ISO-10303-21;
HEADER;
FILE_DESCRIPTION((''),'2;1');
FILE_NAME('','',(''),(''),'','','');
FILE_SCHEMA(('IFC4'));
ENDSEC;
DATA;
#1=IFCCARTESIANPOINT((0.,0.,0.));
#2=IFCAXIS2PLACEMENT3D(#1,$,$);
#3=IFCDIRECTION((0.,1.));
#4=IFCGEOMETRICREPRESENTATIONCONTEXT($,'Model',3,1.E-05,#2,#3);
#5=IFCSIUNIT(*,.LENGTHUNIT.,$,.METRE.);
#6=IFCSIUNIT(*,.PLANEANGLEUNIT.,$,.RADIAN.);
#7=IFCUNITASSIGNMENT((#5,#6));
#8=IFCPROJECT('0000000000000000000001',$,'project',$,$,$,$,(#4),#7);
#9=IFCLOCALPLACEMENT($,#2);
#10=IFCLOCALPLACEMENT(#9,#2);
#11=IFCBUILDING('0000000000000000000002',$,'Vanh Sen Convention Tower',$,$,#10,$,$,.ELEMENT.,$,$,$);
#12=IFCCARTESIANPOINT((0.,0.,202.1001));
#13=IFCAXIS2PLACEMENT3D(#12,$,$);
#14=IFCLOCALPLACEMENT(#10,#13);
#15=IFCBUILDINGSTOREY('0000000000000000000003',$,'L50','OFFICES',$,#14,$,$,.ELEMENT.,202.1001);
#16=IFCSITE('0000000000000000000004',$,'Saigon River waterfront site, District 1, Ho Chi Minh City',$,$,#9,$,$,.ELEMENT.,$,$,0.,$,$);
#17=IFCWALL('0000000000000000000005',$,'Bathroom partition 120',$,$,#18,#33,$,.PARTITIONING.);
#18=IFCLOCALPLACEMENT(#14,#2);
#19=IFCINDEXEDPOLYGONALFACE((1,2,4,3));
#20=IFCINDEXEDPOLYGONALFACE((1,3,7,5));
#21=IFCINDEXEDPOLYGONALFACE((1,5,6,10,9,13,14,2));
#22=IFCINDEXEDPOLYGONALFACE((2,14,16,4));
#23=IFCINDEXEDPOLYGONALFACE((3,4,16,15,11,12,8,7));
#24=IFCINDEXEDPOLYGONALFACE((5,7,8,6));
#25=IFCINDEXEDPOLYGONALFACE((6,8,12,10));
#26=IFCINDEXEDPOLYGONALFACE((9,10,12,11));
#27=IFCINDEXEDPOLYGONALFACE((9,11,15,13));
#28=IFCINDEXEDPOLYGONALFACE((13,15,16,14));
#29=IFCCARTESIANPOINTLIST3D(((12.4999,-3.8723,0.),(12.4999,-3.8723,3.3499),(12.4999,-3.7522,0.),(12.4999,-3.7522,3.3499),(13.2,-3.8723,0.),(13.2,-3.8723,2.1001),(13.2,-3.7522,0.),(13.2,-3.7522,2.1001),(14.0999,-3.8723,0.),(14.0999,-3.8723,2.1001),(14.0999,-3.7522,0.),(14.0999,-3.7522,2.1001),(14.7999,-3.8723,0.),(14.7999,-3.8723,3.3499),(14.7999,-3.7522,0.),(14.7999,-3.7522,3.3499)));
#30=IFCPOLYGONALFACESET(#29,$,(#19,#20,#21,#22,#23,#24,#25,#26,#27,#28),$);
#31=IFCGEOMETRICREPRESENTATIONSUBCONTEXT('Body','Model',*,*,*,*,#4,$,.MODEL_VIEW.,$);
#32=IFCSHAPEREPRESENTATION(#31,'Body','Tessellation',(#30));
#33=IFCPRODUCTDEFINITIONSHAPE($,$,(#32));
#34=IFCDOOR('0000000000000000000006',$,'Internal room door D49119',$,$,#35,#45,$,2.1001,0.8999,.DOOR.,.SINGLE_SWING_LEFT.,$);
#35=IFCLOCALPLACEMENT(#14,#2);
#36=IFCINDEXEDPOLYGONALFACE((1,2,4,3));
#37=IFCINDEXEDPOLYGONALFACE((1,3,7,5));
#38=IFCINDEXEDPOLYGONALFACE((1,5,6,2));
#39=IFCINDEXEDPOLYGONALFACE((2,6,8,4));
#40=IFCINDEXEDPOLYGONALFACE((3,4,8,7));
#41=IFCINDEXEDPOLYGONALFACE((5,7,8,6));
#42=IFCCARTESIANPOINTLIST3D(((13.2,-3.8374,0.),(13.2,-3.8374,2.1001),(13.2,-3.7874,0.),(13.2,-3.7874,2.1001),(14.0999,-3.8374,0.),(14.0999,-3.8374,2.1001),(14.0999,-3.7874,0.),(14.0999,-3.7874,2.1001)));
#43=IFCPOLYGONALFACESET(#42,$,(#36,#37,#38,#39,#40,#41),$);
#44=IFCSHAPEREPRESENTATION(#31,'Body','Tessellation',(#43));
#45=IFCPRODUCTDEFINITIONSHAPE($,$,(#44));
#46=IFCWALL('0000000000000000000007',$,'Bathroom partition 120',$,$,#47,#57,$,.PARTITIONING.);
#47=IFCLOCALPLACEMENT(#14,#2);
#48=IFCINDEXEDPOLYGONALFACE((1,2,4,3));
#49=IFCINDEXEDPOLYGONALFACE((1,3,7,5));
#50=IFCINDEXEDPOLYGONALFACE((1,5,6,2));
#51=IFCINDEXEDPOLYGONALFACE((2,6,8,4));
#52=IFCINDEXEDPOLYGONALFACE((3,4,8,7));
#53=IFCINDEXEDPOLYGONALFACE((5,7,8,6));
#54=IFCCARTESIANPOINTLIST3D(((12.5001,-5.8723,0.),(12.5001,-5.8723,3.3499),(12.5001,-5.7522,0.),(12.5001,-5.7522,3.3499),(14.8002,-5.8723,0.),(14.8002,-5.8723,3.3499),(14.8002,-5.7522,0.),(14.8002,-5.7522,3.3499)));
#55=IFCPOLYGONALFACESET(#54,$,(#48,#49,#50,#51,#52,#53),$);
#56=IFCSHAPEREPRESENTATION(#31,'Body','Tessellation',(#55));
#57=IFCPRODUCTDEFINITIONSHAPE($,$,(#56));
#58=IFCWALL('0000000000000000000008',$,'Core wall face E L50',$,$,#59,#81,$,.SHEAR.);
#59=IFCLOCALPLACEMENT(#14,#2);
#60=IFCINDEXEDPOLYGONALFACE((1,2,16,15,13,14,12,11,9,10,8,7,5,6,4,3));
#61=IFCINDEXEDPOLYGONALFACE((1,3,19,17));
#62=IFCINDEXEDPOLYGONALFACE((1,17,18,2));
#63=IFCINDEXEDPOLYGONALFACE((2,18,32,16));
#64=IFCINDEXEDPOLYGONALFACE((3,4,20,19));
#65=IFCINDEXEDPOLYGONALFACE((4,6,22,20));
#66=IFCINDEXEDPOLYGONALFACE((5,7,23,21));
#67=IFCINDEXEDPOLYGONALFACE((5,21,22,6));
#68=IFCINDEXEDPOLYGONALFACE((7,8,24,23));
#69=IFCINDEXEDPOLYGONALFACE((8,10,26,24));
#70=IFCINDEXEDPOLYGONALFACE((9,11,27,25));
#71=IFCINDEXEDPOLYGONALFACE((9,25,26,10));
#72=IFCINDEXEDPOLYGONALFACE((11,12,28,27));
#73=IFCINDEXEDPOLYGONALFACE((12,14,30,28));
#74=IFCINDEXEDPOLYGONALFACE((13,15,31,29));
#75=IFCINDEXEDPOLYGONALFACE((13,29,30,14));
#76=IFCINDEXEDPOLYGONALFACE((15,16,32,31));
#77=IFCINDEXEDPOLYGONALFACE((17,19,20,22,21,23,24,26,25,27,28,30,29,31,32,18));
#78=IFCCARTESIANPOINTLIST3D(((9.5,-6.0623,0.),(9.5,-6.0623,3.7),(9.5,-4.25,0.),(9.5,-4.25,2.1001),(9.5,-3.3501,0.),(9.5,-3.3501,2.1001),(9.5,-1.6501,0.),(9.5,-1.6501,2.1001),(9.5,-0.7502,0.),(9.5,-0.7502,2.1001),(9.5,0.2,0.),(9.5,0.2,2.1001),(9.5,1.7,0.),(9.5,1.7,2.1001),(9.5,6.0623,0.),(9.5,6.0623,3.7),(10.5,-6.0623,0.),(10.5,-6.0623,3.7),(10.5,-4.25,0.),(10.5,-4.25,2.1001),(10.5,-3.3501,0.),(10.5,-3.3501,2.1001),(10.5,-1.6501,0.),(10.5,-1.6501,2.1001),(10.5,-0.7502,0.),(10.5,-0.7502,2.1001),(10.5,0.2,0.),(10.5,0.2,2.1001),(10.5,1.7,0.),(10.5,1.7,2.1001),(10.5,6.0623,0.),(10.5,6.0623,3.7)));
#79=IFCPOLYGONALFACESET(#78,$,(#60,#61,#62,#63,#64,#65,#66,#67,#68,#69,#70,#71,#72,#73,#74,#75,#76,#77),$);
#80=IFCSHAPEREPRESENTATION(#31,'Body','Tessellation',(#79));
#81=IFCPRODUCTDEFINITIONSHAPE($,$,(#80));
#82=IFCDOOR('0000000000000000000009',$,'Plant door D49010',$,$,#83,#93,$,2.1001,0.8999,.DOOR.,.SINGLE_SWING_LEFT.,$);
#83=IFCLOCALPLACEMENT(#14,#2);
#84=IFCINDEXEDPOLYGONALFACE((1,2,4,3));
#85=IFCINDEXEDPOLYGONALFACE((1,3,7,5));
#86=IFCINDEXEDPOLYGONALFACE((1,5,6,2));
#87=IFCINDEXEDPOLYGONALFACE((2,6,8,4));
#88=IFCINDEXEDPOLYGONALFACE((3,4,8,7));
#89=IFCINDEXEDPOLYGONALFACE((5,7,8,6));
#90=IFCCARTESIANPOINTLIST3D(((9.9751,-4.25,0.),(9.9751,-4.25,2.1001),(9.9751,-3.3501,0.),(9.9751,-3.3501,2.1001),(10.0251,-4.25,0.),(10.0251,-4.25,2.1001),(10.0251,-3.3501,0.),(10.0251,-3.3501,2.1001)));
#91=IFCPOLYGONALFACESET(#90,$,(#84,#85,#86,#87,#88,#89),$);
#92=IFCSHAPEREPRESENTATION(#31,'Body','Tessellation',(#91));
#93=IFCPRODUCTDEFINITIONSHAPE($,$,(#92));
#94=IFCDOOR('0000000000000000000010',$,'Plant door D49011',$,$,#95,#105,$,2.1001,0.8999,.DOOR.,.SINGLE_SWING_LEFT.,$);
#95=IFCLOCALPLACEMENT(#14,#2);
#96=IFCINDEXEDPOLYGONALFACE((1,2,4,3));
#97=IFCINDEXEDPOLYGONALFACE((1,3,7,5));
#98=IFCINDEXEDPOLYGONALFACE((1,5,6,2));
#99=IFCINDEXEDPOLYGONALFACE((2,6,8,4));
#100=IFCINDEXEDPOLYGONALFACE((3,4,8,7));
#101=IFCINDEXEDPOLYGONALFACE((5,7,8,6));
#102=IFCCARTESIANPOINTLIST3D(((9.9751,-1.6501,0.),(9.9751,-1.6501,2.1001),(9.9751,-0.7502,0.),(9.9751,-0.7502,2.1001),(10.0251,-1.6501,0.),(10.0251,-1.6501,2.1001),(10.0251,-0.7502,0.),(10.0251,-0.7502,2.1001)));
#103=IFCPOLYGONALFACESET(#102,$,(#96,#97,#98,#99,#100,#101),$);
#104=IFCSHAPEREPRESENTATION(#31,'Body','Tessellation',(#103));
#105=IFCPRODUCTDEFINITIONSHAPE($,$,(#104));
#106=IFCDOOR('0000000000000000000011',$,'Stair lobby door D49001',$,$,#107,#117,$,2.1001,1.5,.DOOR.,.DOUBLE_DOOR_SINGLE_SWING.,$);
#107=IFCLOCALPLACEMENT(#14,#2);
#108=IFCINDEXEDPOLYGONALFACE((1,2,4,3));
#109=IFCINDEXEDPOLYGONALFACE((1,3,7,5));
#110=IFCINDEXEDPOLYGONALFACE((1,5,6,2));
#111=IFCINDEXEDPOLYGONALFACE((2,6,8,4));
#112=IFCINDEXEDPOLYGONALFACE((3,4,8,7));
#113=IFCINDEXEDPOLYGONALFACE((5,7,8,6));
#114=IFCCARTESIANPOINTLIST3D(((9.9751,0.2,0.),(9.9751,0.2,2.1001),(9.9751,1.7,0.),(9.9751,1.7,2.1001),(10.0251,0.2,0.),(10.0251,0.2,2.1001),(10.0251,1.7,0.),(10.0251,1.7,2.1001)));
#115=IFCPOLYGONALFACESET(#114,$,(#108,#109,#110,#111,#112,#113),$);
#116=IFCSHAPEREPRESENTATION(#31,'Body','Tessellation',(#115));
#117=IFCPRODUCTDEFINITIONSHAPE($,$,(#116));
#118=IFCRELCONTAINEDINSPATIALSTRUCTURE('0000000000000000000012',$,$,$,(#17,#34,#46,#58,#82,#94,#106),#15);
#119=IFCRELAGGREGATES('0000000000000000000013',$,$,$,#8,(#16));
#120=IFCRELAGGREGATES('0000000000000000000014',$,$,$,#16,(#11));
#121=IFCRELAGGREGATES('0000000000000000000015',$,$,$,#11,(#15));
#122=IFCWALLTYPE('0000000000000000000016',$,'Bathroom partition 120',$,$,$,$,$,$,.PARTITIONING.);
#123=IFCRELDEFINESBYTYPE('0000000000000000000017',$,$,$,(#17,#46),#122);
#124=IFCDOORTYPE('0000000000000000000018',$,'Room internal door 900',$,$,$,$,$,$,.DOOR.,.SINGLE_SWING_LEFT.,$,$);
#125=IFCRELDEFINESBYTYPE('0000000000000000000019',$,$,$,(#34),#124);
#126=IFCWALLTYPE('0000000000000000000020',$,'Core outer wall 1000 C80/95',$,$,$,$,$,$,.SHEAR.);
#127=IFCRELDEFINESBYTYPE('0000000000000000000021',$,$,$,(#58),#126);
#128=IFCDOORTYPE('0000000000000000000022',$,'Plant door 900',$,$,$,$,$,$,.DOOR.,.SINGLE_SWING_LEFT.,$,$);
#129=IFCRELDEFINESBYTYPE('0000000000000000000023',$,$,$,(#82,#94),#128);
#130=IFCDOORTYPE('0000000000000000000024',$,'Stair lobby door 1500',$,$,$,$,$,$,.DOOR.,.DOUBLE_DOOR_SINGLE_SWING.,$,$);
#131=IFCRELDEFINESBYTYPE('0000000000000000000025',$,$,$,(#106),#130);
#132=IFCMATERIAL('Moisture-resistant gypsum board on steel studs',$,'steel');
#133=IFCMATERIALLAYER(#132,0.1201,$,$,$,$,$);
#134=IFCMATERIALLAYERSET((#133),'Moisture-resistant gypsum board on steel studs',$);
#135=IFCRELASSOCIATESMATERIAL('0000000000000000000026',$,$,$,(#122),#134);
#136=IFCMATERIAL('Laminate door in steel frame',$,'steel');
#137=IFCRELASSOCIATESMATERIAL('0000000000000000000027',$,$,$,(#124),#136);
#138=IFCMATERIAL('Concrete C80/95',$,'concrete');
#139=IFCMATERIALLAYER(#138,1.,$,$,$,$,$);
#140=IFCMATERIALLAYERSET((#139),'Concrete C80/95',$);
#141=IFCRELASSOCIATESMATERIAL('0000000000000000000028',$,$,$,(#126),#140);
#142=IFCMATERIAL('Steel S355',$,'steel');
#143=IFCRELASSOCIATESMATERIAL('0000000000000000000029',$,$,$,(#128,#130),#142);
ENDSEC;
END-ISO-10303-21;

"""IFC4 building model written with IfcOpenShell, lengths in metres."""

from ifc_helpers import new_model, si_unit, direction, frame, frame_2d, origin, place, context, subcontext, project, spatial, rectangle, extrude, material, layer, layer_set, type_object, element, fill, save


model = new_model("IFC4")

# Units and contexts
model_context = context("Model", 3, precision=1e-05, world=origin(), true_north=direction((0.0, 1.0)))
body_context = subcontext(model_context, "Body", "Model", "MODEL_VIEW")
ifc_project = project(units=[si_unit("LENGTHUNIT", "METRE"), si_unit("PLANEANGLEUNIT", "RADIAN")], contexts=[model_context])

# Site, building, storey
site_placement = place(None, origin())
site = spatial("IfcSite", under=ifc_project, at=site_placement, Name="Saigon River waterfront site, District 1, Ho Chi Minh City", CompositionType="ELEMENT", RefElevation=0.0)
building_placement = place(site_placement, origin())
building = spatial("IfcBuilding", under=site, at=building_placement, Name="Vanh Sen Convention Tower", CompositionType="ELEMENT")
storey_placement = place(building_placement, frame((0.0, 0.0, 202.1001)))
storey = spatial("IfcBuildingStorey", under=building, at=storey_placement, Name="L50", Description="OFFICES", CompositionType="ELEMENT", Elevation=202.1001)

# Wall, opening, door
ifc_material_1 = material(Name="Moisture-resistant gypsum board on steel studs", Category="steel")
ifc_layer_1 = layer(ifc_material_1, 0.1201)
ifc_layer_set_1 = layer_set([ifc_layer_1], Name="Moisture-resistant gypsum board on steel studs")
wall_type_1 = type_object("IfcWallType", Name="Bathroom partition 120", PredefinedType="PARTITIONING", material=ifc_layer_set_1)
wall_1_placement = place(storey_placement, frame((12.5, -3.8123, 0.0), z_axis=(0.0, 0.0, 1.0), x_axis=(1.0, 0.0, 0.0)))
wall_1 = element("IfcWall", 1, at=wall_1_placement, inside=storey, type_object=wall_type_1, Name="Bathroom partition 120", PredefinedType="PARTITIONING", context=body_context, shape_type="SweptSolid", body=[
    extrude(rectangle(XDim=2.3, YDim=0.1201, at=frame_2d((1.1499, 0.0))), origin(), (0.0, 0.0, 1.0), 3.3499),
])
opening_1_placement = place(wall_1_placement, frame((0.7, 0.0, 0.0)))
opening_1 = element("IfcOpeningElement", 2, at=opening_1_placement, cuts=wall_1, PredefinedType="OPENING", context=body_context, shape_type="SweptSolid", body=[
    extrude(rectangle(XDim=0.8999, YDim=2.1001, at=frame_2d((0.45, 1.05))), frame((0.0, 0.0701, 0.0), z_axis=(0.0, -1.0, 0.0), x_axis=(1.0, 0.0, 0.0)), (0.0, 0.0, 1.0), 0.1401),
])
ifc_material_2 = material(Name="Laminate door in steel frame", Category="steel")
door_type_1 = type_object("IfcDoorType", Name="Room internal door 900", OperationType="SINGLE_SWING_LEFT", PredefinedType="DOOR", material=ifc_material_2)
door_1_placement = place(opening_1_placement, origin())
door_1 = element("IfcDoor", 3, at=door_1_placement, inside=storey, type_object=door_type_1, Name="Internal room door D49119", OperationType="SINGLE_SWING_LEFT", OverallHeight=2.1001, OverallWidth=0.8999, PredefinedType="DOOR", context=body_context, shape_type="SweptSolid", body=[
    extrude(rectangle(XDim=0.8999, YDim=2.1001, at=frame_2d((0.45, 1.05))), frame((0.0, 0.0249, 0.0), z_axis=(0.0, -1.0, 0.0), x_axis=(1.0, 0.0, 0.0)), (0.0, 0.0, 1.0), 0.05),
])
fill(opening_1, door_1)

# Wall
wall_2_placement = place(storey_placement, frame((14.8, -5.8123, 0.0), z_axis=(0.0, 0.0, 1.0), x_axis=(-1.0, 0.0, 0.0)))
element("IfcWall", 4, at=wall_2_placement, inside=storey, type_object=wall_type_1, Name="Bathroom partition 120", PredefinedType="PARTITIONING", context=body_context, shape_type="SweptSolid", body=[
    extrude(rectangle(XDim=2.3, YDim=0.1201, at=frame_2d((1.1499, 0.0))), origin(), (0.0, 0.0, 1.0), 3.3499),
])

# Wall, openings, doors
ifc_material_3 = material(Name="Concrete C80/95", Category="concrete")
ifc_layer_2 = layer(ifc_material_3, 1.0)
ifc_layer_set_2 = layer_set([ifc_layer_2], Name="Concrete C80/95")
wall_type_2 = type_object("IfcWallType", Name="Core outer wall 1000 C80/95", PredefinedType="SHEAR", material=ifc_layer_set_2)
wall_3_placement = place(storey_placement, frame((10.0, -6.0623, 0.0), z_axis=(0.0, 0.0, 1.0), x_axis=(0.0, 1.0, 0.0)))
wall_3 = element("IfcWall", 5, at=wall_3_placement, inside=storey, type_object=wall_type_2, Name="Core wall face E L50", PredefinedType="SHEAR", context=body_context, shape_type="SweptSolid", body=[
    extrude(rectangle(XDim=12.1245, YDim=1.0, at=frame_2d((6.0623, 0.0))), origin(), (0.0, 0.0, 1.0), 3.7),
])
opening_2_placement = place(wall_3_placement, frame((6.2622, 0.0, 0.0)))
opening_2 = element("IfcOpeningElement", 6, at=opening_2_placement, cuts=wall_3, PredefinedType="OPENING", context=body_context, shape_type="SweptSolid", body=[
    extrude(rectangle(XDim=1.5, YDim=2.1001, at=frame_2d((0.75, 1.05))), frame((0.0, 0.51, 0.0), z_axis=(0.0, -1.0, 0.0), x_axis=(1.0, 0.0, 0.0)), (0.0, 0.0, 1.0), 1.02),
])
opening_3_placement = place(wall_3_placement, frame((1.8123, 0.0, 0.0)))
opening_3 = element("IfcOpeningElement", 7, at=opening_3_placement, cuts=wall_3, PredefinedType="OPENING", context=body_context, shape_type="SweptSolid", body=[
    extrude(rectangle(XDim=0.8999, YDim=2.1001, at=frame_2d((0.45, 1.05))), frame((0.0, 0.51, 0.0), z_axis=(0.0, -1.0, 0.0), x_axis=(1.0, 0.0, 0.0)), (0.0, 0.0, 1.0), 1.02),
])
opening_4_placement = place(wall_3_placement, frame((4.4121, 0.0, 0.0)))
opening_4 = element("IfcOpeningElement", 8, at=opening_4_placement, cuts=wall_3, PredefinedType="OPENING", context=body_context, shape_type="SweptSolid", body=[
    extrude(rectangle(XDim=0.8999, YDim=2.1001, at=frame_2d((0.45, 1.05))), frame((0.0, 0.51, 0.0), z_axis=(0.0, -1.0, 0.0), x_axis=(1.0, 0.0, 0.0)), (0.0, 0.0, 1.0), 1.02),
])
ifc_material_4 = material(Name="Steel S355", Category="steel")
door_type_2 = type_object("IfcDoorType", Name="Plant door 900", OperationType="SINGLE_SWING_LEFT", PredefinedType="DOOR", material=ifc_material_4)
door_2_placement = place(opening_3_placement, origin())
door_2 = element("IfcDoor", 9, at=door_2_placement, inside=storey, type_object=door_type_2, Name="Plant door D49010", OperationType="SINGLE_SWING_LEFT", OverallHeight=2.1001, OverallWidth=0.8999, PredefinedType="DOOR", context=body_context, shape_type="SweptSolid", body=[
    extrude(rectangle(XDim=0.8999, YDim=2.1001, at=frame_2d((0.45, 1.05))), frame((0.0, 0.0249, 0.0), z_axis=(0.0, -1.0, 0.0), x_axis=(1.0, 0.0, 0.0)), (0.0, 0.0, 1.0), 0.05),
])
fill(opening_3, door_2)
door_3_placement = place(opening_4_placement, origin())
door_3 = element("IfcDoor", 10, at=door_3_placement, inside=storey, type_object=door_type_2, Name="Plant door D49011", OperationType="SINGLE_SWING_LEFT", OverallHeight=2.1001, OverallWidth=0.8999, PredefinedType="DOOR", context=body_context, shape_type="SweptSolid", body=[
    extrude(rectangle(XDim=0.8999, YDim=2.1001, at=frame_2d((0.45, 1.05))), frame((0.0, 0.0249, 0.0), z_axis=(0.0, -1.0, 0.0), x_axis=(1.0, 0.0, 0.0)), (0.0, 0.0, 1.0), 0.05),
])
fill(opening_4, door_3)
door_type_3 = type_object("IfcDoorType", Name="Stair lobby door 1500", OperationType="DOUBLE_DOOR_SINGLE_SWING", PredefinedType="DOOR", material=ifc_material_4)
door_4_placement = place(opening_2_placement, origin())
door_4 = element("IfcDoor", 11, at=door_4_placement, inside=storey, type_object=door_type_3, Name="Stair lobby door D49001", OperationType="DOUBLE_DOOR_SINGLE_SWING", OverallHeight=2.1001, OverallWidth=1.5, PredefinedType="DOOR", context=body_context, shape_type="SweptSolid", body=[
    extrude(rectangle(XDim=1.5, YDim=2.1001, at=frame_2d((0.75, 1.05))), frame((0.0, 0.0249, 0.0), z_axis=(0.0, -1.0, 0.0), x_axis=(1.0, 0.0, 0.0)), (0.0, 0.0, 1.0), 0.05),
])
fill(opening_2, door_4)

save(model, "model.ifc")
